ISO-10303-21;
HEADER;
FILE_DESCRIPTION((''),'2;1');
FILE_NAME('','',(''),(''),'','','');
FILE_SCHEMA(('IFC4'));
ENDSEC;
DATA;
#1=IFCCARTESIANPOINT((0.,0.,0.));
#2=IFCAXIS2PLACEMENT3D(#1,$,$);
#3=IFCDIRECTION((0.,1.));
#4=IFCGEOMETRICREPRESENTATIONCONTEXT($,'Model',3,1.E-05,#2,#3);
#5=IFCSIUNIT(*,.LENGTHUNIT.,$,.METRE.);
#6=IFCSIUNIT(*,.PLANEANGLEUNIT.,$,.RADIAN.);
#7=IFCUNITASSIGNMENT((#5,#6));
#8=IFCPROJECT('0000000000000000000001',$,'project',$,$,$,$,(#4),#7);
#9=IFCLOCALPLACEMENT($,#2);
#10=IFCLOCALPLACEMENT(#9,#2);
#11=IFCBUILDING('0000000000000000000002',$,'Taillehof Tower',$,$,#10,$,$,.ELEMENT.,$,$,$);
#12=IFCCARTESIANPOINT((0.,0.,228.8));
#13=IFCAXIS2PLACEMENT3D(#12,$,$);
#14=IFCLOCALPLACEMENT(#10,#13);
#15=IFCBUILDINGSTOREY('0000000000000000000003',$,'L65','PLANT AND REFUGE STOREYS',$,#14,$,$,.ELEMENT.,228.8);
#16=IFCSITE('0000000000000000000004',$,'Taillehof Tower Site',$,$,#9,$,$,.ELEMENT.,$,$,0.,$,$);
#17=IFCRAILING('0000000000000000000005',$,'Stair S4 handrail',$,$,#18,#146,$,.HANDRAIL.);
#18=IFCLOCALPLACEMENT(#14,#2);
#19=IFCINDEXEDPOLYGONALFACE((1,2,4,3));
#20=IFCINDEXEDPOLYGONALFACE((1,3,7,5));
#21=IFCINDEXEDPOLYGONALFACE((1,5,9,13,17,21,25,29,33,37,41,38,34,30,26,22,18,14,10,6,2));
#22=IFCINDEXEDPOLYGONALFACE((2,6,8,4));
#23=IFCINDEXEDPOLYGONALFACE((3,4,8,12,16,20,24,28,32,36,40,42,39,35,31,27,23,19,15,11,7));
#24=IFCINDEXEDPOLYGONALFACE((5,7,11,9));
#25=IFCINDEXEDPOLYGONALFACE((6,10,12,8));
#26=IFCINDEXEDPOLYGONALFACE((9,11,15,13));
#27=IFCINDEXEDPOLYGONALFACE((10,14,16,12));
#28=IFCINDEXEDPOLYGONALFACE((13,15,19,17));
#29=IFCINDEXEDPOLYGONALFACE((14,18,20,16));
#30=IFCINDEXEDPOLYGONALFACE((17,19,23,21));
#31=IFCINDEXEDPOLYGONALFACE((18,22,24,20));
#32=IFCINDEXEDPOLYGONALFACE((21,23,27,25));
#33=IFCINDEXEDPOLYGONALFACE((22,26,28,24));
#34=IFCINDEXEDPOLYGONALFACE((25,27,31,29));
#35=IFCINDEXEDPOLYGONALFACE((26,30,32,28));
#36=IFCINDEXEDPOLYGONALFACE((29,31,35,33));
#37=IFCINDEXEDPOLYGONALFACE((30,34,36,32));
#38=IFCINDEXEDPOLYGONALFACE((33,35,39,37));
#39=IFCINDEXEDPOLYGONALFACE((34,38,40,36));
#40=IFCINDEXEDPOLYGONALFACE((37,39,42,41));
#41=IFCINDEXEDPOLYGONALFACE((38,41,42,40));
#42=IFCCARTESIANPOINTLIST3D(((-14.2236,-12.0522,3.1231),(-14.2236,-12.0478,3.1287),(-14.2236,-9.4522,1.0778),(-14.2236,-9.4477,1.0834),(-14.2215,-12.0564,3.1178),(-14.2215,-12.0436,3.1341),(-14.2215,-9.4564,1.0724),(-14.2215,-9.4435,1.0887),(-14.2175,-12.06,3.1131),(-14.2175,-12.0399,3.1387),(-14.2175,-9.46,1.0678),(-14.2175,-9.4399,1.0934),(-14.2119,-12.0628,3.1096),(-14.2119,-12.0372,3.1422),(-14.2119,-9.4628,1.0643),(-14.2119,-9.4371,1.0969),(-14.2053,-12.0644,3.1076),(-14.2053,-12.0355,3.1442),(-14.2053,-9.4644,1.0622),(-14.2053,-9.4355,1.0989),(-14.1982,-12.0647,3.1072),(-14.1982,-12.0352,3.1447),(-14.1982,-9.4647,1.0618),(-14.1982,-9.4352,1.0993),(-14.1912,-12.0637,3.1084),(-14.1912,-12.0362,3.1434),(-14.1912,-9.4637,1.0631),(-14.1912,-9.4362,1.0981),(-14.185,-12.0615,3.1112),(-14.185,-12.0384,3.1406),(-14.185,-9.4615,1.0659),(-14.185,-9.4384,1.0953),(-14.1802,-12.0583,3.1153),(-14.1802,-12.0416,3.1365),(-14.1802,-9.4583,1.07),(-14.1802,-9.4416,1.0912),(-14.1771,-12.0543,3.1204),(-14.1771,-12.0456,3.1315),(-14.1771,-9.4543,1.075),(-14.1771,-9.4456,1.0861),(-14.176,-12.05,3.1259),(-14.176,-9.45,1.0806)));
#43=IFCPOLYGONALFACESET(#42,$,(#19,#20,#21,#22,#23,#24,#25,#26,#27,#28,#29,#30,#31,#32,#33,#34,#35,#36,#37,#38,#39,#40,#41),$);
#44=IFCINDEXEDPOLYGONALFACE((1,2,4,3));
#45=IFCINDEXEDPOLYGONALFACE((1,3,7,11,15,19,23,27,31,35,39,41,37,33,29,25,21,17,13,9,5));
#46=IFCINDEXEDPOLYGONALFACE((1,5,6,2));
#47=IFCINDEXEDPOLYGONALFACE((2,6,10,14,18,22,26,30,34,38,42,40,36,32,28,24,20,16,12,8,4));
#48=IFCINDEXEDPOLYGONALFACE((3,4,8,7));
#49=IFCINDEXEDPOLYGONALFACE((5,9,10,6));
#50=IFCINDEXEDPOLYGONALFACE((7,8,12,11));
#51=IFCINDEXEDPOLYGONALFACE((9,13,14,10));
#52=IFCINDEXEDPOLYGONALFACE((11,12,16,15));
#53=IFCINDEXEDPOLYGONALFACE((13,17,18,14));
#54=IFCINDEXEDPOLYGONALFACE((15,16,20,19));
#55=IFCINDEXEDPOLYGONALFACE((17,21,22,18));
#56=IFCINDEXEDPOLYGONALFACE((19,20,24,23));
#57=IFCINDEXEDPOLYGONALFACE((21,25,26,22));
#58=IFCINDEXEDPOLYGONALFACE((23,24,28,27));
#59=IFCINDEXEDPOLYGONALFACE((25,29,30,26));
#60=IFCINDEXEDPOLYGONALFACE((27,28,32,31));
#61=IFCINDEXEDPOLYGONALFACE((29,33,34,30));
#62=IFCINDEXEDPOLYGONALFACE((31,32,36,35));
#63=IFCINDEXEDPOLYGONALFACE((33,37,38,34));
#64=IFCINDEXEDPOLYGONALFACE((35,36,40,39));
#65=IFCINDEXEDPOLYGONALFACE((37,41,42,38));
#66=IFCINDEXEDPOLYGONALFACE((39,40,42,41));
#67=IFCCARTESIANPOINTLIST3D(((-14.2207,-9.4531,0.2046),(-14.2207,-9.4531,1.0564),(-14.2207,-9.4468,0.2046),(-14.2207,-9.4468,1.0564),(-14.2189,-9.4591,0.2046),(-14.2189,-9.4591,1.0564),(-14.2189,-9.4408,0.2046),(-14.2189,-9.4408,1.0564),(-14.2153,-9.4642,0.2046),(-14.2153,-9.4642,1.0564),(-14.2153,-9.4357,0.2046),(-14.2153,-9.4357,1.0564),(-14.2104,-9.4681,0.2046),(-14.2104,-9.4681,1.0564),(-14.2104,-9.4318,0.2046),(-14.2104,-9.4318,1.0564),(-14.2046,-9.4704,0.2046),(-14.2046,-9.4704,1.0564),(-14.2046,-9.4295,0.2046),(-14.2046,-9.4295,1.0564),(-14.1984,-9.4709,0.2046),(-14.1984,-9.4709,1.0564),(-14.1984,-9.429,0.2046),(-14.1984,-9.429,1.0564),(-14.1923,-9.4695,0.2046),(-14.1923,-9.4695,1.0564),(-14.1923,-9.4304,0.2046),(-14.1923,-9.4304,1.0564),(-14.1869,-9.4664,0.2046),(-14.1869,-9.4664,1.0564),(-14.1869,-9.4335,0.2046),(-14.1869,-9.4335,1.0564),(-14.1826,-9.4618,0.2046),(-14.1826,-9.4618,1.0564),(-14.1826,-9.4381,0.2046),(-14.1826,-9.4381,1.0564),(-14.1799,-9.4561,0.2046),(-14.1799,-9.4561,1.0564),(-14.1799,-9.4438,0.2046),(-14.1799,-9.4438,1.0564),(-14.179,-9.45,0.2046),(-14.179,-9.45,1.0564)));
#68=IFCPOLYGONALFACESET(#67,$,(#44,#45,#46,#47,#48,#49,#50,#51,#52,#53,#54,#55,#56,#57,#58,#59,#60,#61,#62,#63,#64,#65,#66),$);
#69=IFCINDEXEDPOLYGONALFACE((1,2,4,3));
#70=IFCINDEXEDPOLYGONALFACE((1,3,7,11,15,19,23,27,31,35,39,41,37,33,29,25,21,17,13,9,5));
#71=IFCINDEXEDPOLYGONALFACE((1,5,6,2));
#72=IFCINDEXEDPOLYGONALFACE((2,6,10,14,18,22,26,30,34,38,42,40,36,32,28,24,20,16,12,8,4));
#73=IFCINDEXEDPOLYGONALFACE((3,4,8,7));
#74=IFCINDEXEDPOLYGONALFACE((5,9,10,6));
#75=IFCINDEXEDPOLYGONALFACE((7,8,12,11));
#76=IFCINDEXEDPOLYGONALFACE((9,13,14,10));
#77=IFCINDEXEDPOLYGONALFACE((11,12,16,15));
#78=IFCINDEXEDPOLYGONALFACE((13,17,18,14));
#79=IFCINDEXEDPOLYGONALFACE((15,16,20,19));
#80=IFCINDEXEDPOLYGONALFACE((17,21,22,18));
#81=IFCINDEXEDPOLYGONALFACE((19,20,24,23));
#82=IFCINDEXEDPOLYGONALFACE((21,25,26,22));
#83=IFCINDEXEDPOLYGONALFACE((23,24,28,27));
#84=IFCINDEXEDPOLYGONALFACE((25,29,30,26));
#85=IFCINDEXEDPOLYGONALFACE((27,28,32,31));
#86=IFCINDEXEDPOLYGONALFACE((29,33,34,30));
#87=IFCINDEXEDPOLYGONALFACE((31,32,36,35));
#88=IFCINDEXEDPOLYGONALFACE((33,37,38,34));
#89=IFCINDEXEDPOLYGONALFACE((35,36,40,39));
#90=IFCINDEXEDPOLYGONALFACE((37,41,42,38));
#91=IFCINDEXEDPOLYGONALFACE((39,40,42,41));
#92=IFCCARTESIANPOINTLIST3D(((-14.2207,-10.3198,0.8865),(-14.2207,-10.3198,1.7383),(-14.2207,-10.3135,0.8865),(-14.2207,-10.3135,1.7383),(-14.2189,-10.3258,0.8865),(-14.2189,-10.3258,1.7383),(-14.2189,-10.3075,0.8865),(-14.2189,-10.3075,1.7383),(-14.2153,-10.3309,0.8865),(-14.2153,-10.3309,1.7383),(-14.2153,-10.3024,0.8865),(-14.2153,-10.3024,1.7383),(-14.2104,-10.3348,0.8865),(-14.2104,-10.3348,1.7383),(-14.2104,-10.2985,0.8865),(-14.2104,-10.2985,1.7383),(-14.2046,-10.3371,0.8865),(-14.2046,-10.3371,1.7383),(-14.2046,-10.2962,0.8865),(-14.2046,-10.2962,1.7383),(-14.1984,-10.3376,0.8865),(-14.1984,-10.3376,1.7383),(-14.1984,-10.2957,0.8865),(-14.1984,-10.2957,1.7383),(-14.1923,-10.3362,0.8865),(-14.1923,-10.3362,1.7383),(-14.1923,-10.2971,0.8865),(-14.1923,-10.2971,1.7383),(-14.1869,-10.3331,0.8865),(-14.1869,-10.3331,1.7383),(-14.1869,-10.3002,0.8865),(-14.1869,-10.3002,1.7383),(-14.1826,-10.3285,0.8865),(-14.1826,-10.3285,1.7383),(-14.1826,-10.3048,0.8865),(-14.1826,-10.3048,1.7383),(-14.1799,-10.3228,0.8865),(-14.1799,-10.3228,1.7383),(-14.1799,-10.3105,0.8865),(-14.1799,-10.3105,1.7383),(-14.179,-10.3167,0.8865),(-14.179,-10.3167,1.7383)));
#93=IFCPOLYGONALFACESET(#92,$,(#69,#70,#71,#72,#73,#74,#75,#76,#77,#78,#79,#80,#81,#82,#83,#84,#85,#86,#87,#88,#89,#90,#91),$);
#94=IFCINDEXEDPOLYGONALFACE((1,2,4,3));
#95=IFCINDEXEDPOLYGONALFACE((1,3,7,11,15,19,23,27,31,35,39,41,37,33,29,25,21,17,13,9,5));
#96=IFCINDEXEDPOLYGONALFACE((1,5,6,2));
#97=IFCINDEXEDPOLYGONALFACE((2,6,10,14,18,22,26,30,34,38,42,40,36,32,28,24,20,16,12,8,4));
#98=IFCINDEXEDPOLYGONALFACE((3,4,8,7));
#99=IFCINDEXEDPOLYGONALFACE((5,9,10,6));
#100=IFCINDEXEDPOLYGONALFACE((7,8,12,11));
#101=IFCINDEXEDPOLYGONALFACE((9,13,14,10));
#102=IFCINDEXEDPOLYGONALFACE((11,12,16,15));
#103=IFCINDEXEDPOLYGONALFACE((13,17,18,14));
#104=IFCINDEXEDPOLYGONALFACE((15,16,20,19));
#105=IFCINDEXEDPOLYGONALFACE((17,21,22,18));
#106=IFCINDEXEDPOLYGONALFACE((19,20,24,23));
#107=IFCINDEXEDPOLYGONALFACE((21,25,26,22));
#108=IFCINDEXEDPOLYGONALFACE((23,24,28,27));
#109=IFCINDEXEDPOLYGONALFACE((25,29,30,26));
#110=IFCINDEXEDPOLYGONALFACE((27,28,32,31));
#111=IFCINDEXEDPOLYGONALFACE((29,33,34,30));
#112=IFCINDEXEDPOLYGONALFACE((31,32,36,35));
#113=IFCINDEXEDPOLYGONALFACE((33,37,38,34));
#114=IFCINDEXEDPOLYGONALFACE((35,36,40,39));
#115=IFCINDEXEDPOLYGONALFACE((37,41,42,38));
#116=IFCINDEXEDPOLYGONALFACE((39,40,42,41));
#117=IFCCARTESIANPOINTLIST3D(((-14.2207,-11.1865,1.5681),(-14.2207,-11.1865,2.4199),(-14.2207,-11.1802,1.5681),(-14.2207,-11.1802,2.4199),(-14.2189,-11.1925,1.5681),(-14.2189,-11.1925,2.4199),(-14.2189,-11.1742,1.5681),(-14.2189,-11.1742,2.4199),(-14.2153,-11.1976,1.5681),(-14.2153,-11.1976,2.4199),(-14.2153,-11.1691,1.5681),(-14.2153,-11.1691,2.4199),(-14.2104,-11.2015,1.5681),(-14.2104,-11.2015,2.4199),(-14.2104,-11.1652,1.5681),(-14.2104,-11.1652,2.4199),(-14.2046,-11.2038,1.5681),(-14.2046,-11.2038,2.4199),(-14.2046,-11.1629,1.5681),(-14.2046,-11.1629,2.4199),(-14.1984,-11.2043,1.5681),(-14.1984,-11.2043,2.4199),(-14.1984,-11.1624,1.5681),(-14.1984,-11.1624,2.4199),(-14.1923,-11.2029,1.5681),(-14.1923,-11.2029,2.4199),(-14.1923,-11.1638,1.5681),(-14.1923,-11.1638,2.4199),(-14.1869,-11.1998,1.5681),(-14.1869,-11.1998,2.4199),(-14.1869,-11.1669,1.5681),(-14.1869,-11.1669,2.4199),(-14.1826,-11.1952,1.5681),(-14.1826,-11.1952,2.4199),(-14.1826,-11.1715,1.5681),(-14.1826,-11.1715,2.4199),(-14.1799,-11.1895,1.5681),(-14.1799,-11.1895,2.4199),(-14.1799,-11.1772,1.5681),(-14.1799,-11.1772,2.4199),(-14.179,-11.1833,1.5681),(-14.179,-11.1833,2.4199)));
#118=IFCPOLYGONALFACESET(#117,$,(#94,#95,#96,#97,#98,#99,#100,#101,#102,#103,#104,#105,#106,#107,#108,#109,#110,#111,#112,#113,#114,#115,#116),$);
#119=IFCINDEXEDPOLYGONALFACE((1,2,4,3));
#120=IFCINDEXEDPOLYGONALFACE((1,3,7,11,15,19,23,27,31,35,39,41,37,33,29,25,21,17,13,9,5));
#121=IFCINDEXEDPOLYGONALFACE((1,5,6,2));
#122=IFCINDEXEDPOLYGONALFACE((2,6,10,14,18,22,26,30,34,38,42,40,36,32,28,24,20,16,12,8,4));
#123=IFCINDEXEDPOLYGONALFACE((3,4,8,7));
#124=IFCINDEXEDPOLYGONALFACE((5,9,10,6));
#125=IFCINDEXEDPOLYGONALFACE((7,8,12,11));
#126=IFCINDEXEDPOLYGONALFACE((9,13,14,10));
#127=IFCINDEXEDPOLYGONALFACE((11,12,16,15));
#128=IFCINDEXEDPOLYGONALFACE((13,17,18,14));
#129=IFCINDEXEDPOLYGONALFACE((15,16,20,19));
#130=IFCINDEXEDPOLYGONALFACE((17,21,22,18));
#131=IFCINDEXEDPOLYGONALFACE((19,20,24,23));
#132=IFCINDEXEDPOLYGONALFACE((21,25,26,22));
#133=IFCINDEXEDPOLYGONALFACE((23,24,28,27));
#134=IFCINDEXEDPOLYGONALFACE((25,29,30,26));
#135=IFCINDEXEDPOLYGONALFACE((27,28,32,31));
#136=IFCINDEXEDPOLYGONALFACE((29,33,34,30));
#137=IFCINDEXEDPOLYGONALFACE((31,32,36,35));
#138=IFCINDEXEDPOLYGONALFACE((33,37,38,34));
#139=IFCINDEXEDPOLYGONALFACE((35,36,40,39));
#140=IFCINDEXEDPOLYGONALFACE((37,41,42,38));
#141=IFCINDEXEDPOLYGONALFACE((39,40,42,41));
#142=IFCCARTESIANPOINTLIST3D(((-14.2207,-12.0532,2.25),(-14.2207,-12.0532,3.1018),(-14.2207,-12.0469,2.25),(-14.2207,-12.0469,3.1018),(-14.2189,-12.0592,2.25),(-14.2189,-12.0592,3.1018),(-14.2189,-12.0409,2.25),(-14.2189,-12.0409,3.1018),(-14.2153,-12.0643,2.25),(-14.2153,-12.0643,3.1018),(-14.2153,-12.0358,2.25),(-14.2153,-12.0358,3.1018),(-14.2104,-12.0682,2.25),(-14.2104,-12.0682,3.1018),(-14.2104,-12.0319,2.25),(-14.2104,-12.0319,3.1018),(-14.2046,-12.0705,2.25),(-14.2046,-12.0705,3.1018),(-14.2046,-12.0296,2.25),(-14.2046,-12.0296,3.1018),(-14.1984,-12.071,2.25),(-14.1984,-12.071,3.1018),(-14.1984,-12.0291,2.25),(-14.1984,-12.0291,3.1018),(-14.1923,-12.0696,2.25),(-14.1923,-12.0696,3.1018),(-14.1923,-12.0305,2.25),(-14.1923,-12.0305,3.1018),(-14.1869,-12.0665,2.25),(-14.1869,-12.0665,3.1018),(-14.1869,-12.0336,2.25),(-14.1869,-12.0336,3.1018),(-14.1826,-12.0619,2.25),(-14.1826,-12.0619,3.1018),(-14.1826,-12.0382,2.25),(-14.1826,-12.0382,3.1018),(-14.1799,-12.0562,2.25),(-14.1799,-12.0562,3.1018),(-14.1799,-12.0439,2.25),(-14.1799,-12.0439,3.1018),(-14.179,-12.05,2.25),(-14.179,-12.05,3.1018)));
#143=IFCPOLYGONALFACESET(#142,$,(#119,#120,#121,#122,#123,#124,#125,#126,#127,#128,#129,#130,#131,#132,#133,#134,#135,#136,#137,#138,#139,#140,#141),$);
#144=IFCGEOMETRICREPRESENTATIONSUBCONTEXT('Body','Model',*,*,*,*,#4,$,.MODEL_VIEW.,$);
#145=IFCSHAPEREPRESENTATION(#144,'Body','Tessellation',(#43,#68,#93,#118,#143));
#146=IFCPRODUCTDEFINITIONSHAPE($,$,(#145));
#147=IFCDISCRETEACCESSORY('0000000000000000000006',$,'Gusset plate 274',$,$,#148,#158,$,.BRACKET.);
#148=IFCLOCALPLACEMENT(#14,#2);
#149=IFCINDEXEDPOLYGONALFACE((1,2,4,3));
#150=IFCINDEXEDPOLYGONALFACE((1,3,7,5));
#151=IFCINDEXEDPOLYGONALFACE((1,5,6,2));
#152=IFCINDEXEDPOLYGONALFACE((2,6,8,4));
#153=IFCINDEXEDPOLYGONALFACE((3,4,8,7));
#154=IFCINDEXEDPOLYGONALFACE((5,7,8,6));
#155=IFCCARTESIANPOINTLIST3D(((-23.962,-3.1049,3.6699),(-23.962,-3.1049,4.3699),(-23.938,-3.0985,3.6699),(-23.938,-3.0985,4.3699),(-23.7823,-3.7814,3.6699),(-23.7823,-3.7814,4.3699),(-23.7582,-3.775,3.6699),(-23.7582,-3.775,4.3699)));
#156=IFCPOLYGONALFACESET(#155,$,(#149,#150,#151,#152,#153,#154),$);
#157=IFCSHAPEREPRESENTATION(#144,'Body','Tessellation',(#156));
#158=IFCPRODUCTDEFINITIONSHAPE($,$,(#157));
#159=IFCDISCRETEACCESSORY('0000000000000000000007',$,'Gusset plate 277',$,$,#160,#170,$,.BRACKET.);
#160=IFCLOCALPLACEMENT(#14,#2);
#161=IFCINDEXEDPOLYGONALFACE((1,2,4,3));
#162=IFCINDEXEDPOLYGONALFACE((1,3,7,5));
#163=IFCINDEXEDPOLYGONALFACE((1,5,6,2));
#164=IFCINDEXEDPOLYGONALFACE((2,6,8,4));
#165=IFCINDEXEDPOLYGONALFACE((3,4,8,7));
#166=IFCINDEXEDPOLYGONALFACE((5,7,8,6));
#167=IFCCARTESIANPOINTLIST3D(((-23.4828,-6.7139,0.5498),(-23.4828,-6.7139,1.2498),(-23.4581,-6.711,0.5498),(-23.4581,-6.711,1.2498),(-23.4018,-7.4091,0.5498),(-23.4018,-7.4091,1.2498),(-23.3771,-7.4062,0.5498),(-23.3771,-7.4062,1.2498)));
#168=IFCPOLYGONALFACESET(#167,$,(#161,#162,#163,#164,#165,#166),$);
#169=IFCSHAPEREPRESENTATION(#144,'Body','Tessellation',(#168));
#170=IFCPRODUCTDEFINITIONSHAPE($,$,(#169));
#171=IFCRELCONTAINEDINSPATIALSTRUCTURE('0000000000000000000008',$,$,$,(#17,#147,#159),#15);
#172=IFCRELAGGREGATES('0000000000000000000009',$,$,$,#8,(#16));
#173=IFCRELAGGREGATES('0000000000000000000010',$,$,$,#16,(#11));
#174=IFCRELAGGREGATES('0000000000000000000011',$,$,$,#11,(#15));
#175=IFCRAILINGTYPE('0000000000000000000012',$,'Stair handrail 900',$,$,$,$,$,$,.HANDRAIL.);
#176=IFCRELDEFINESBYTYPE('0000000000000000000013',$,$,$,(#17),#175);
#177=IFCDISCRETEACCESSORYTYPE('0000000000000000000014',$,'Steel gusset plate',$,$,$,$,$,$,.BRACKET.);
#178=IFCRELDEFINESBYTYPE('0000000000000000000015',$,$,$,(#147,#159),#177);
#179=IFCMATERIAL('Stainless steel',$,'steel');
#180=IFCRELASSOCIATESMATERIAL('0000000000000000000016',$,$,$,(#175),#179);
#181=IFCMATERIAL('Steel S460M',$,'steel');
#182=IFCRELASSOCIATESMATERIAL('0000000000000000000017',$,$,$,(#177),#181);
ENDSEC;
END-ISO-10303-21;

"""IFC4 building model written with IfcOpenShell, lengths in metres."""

from ifc_helpers import new_model, si_unit, direction, frame, origin, origin_2d, place, context, subcontext, project, spatial, rectangle, circle, extrude, material, type_object, element, save


model = new_model("IFC4")

# Units and contexts
model_context = context("Model", 3, precision=1e-05, world=origin(), true_north=direction((0.0, 1.0)))
body_context = subcontext(model_context, "Body", "Model", "MODEL_VIEW")
ifc_project = project(units=[si_unit("LENGTHUNIT", "METRE"), si_unit("PLANEANGLEUNIT", "RADIAN")], contexts=[model_context])

# Site, building, storey
site_placement = place(None, origin())
site = spatial("IfcSite", under=ifc_project, at=site_placement, Name="Taillehof Tower Site", CompositionType="ELEMENT", RefElevation=0.0)
building_placement = place(site_placement, origin())
building = spatial("IfcBuilding", under=site, at=building_placement, Name="Taillehof Tower", CompositionType="ELEMENT")
storey_placement = place(building_placement, frame((0.0, 0.0, 228.8)))
storey = spatial("IfcBuildingStorey", under=building, at=storey_placement, Name="L65", Description="PLANT AND REFUGE STOREYS", CompositionType="ELEMENT", Elevation=228.8)

# Railing
ifc_material_1 = material(Name="Stainless steel", Category="steel")
railing_type = type_object("IfcRailingType", Name="Stair handrail 900", PredefinedType="HANDRAIL", material=ifc_material_1)
railing_placement = place(storey_placement, frame((-14.2, -9.45, 0.2046)))
element("IfcRailing", 1, at=railing_placement, inside=storey, type_object=railing_type, Name="Stair S4 handrail", PredefinedType="HANDRAIL", context=body_context, shape_type="SweptSolid", body=[
    extrude(circle(Radius=0.0239, at=origin_2d()), frame((0.0, 0.0, 0.876), z_axis=(0.0, -0.785955, 0.618284), x_axis=(1.0, 0.0, 0.0)), (0.0, 0.0, 1.0), 3.3081),
    extrude(circle(Radius=0.021, at=origin_2d()), origin(), (0.0, 0.0, 1.0), 0.8518),
    extrude(circle(Radius=0.021, at=origin_2d()), frame((0.0, -0.8667, 0.6819)), (0.0, 0.0, 1.0), 0.8518),
    extrude(circle(Radius=0.021, at=origin_2d()), frame((0.0, -1.7334, 1.3635)), (0.0, 0.0, 1.0), 0.8518),
    extrude(circle(Radius=0.021, at=origin_2d()), frame((0.0, -2.6001, 2.0454)), (0.0, 0.0, 1.0), 0.8518),
])

# Discrete accessories
ifc_material_2 = material(Name="Steel S460M", Category="steel")
discrete_accessory_type = type_object("IfcDiscreteAccessoryType", Name="Steel gusset plate", PredefinedType="BRACKET", material=ifc_material_2)
for number, where, z_axis, x_axis, name in (
    (2, (-23.8601, -3.4399, 3.6699), (0.0, 0.0, 1.0), (0.256807, -0.966463, 0.0), "Gusset plate 274"),
    (3, (-23.4299, -7.0601, 0.5498), (0.0, 0.0, 1.0), (0.115714, -0.993283, 0.0), "Gusset plate 277"),
):
    element("IfcDiscreteAccessory", number, at=place(storey_placement, frame(where, z_axis=z_axis, x_axis=x_axis)), inside=storey, type_object=discrete_accessory_type, Name=name, PredefinedType="BRACKET", context=body_context, shape_type="SweptSolid", body=[
        extrude(rectangle(XDim=0.7, YDim=0.0249, at=origin_2d()), origin(), (0.0, 0.0, 1.0), 0.7),
    ])

save(model, "model.ifc")
